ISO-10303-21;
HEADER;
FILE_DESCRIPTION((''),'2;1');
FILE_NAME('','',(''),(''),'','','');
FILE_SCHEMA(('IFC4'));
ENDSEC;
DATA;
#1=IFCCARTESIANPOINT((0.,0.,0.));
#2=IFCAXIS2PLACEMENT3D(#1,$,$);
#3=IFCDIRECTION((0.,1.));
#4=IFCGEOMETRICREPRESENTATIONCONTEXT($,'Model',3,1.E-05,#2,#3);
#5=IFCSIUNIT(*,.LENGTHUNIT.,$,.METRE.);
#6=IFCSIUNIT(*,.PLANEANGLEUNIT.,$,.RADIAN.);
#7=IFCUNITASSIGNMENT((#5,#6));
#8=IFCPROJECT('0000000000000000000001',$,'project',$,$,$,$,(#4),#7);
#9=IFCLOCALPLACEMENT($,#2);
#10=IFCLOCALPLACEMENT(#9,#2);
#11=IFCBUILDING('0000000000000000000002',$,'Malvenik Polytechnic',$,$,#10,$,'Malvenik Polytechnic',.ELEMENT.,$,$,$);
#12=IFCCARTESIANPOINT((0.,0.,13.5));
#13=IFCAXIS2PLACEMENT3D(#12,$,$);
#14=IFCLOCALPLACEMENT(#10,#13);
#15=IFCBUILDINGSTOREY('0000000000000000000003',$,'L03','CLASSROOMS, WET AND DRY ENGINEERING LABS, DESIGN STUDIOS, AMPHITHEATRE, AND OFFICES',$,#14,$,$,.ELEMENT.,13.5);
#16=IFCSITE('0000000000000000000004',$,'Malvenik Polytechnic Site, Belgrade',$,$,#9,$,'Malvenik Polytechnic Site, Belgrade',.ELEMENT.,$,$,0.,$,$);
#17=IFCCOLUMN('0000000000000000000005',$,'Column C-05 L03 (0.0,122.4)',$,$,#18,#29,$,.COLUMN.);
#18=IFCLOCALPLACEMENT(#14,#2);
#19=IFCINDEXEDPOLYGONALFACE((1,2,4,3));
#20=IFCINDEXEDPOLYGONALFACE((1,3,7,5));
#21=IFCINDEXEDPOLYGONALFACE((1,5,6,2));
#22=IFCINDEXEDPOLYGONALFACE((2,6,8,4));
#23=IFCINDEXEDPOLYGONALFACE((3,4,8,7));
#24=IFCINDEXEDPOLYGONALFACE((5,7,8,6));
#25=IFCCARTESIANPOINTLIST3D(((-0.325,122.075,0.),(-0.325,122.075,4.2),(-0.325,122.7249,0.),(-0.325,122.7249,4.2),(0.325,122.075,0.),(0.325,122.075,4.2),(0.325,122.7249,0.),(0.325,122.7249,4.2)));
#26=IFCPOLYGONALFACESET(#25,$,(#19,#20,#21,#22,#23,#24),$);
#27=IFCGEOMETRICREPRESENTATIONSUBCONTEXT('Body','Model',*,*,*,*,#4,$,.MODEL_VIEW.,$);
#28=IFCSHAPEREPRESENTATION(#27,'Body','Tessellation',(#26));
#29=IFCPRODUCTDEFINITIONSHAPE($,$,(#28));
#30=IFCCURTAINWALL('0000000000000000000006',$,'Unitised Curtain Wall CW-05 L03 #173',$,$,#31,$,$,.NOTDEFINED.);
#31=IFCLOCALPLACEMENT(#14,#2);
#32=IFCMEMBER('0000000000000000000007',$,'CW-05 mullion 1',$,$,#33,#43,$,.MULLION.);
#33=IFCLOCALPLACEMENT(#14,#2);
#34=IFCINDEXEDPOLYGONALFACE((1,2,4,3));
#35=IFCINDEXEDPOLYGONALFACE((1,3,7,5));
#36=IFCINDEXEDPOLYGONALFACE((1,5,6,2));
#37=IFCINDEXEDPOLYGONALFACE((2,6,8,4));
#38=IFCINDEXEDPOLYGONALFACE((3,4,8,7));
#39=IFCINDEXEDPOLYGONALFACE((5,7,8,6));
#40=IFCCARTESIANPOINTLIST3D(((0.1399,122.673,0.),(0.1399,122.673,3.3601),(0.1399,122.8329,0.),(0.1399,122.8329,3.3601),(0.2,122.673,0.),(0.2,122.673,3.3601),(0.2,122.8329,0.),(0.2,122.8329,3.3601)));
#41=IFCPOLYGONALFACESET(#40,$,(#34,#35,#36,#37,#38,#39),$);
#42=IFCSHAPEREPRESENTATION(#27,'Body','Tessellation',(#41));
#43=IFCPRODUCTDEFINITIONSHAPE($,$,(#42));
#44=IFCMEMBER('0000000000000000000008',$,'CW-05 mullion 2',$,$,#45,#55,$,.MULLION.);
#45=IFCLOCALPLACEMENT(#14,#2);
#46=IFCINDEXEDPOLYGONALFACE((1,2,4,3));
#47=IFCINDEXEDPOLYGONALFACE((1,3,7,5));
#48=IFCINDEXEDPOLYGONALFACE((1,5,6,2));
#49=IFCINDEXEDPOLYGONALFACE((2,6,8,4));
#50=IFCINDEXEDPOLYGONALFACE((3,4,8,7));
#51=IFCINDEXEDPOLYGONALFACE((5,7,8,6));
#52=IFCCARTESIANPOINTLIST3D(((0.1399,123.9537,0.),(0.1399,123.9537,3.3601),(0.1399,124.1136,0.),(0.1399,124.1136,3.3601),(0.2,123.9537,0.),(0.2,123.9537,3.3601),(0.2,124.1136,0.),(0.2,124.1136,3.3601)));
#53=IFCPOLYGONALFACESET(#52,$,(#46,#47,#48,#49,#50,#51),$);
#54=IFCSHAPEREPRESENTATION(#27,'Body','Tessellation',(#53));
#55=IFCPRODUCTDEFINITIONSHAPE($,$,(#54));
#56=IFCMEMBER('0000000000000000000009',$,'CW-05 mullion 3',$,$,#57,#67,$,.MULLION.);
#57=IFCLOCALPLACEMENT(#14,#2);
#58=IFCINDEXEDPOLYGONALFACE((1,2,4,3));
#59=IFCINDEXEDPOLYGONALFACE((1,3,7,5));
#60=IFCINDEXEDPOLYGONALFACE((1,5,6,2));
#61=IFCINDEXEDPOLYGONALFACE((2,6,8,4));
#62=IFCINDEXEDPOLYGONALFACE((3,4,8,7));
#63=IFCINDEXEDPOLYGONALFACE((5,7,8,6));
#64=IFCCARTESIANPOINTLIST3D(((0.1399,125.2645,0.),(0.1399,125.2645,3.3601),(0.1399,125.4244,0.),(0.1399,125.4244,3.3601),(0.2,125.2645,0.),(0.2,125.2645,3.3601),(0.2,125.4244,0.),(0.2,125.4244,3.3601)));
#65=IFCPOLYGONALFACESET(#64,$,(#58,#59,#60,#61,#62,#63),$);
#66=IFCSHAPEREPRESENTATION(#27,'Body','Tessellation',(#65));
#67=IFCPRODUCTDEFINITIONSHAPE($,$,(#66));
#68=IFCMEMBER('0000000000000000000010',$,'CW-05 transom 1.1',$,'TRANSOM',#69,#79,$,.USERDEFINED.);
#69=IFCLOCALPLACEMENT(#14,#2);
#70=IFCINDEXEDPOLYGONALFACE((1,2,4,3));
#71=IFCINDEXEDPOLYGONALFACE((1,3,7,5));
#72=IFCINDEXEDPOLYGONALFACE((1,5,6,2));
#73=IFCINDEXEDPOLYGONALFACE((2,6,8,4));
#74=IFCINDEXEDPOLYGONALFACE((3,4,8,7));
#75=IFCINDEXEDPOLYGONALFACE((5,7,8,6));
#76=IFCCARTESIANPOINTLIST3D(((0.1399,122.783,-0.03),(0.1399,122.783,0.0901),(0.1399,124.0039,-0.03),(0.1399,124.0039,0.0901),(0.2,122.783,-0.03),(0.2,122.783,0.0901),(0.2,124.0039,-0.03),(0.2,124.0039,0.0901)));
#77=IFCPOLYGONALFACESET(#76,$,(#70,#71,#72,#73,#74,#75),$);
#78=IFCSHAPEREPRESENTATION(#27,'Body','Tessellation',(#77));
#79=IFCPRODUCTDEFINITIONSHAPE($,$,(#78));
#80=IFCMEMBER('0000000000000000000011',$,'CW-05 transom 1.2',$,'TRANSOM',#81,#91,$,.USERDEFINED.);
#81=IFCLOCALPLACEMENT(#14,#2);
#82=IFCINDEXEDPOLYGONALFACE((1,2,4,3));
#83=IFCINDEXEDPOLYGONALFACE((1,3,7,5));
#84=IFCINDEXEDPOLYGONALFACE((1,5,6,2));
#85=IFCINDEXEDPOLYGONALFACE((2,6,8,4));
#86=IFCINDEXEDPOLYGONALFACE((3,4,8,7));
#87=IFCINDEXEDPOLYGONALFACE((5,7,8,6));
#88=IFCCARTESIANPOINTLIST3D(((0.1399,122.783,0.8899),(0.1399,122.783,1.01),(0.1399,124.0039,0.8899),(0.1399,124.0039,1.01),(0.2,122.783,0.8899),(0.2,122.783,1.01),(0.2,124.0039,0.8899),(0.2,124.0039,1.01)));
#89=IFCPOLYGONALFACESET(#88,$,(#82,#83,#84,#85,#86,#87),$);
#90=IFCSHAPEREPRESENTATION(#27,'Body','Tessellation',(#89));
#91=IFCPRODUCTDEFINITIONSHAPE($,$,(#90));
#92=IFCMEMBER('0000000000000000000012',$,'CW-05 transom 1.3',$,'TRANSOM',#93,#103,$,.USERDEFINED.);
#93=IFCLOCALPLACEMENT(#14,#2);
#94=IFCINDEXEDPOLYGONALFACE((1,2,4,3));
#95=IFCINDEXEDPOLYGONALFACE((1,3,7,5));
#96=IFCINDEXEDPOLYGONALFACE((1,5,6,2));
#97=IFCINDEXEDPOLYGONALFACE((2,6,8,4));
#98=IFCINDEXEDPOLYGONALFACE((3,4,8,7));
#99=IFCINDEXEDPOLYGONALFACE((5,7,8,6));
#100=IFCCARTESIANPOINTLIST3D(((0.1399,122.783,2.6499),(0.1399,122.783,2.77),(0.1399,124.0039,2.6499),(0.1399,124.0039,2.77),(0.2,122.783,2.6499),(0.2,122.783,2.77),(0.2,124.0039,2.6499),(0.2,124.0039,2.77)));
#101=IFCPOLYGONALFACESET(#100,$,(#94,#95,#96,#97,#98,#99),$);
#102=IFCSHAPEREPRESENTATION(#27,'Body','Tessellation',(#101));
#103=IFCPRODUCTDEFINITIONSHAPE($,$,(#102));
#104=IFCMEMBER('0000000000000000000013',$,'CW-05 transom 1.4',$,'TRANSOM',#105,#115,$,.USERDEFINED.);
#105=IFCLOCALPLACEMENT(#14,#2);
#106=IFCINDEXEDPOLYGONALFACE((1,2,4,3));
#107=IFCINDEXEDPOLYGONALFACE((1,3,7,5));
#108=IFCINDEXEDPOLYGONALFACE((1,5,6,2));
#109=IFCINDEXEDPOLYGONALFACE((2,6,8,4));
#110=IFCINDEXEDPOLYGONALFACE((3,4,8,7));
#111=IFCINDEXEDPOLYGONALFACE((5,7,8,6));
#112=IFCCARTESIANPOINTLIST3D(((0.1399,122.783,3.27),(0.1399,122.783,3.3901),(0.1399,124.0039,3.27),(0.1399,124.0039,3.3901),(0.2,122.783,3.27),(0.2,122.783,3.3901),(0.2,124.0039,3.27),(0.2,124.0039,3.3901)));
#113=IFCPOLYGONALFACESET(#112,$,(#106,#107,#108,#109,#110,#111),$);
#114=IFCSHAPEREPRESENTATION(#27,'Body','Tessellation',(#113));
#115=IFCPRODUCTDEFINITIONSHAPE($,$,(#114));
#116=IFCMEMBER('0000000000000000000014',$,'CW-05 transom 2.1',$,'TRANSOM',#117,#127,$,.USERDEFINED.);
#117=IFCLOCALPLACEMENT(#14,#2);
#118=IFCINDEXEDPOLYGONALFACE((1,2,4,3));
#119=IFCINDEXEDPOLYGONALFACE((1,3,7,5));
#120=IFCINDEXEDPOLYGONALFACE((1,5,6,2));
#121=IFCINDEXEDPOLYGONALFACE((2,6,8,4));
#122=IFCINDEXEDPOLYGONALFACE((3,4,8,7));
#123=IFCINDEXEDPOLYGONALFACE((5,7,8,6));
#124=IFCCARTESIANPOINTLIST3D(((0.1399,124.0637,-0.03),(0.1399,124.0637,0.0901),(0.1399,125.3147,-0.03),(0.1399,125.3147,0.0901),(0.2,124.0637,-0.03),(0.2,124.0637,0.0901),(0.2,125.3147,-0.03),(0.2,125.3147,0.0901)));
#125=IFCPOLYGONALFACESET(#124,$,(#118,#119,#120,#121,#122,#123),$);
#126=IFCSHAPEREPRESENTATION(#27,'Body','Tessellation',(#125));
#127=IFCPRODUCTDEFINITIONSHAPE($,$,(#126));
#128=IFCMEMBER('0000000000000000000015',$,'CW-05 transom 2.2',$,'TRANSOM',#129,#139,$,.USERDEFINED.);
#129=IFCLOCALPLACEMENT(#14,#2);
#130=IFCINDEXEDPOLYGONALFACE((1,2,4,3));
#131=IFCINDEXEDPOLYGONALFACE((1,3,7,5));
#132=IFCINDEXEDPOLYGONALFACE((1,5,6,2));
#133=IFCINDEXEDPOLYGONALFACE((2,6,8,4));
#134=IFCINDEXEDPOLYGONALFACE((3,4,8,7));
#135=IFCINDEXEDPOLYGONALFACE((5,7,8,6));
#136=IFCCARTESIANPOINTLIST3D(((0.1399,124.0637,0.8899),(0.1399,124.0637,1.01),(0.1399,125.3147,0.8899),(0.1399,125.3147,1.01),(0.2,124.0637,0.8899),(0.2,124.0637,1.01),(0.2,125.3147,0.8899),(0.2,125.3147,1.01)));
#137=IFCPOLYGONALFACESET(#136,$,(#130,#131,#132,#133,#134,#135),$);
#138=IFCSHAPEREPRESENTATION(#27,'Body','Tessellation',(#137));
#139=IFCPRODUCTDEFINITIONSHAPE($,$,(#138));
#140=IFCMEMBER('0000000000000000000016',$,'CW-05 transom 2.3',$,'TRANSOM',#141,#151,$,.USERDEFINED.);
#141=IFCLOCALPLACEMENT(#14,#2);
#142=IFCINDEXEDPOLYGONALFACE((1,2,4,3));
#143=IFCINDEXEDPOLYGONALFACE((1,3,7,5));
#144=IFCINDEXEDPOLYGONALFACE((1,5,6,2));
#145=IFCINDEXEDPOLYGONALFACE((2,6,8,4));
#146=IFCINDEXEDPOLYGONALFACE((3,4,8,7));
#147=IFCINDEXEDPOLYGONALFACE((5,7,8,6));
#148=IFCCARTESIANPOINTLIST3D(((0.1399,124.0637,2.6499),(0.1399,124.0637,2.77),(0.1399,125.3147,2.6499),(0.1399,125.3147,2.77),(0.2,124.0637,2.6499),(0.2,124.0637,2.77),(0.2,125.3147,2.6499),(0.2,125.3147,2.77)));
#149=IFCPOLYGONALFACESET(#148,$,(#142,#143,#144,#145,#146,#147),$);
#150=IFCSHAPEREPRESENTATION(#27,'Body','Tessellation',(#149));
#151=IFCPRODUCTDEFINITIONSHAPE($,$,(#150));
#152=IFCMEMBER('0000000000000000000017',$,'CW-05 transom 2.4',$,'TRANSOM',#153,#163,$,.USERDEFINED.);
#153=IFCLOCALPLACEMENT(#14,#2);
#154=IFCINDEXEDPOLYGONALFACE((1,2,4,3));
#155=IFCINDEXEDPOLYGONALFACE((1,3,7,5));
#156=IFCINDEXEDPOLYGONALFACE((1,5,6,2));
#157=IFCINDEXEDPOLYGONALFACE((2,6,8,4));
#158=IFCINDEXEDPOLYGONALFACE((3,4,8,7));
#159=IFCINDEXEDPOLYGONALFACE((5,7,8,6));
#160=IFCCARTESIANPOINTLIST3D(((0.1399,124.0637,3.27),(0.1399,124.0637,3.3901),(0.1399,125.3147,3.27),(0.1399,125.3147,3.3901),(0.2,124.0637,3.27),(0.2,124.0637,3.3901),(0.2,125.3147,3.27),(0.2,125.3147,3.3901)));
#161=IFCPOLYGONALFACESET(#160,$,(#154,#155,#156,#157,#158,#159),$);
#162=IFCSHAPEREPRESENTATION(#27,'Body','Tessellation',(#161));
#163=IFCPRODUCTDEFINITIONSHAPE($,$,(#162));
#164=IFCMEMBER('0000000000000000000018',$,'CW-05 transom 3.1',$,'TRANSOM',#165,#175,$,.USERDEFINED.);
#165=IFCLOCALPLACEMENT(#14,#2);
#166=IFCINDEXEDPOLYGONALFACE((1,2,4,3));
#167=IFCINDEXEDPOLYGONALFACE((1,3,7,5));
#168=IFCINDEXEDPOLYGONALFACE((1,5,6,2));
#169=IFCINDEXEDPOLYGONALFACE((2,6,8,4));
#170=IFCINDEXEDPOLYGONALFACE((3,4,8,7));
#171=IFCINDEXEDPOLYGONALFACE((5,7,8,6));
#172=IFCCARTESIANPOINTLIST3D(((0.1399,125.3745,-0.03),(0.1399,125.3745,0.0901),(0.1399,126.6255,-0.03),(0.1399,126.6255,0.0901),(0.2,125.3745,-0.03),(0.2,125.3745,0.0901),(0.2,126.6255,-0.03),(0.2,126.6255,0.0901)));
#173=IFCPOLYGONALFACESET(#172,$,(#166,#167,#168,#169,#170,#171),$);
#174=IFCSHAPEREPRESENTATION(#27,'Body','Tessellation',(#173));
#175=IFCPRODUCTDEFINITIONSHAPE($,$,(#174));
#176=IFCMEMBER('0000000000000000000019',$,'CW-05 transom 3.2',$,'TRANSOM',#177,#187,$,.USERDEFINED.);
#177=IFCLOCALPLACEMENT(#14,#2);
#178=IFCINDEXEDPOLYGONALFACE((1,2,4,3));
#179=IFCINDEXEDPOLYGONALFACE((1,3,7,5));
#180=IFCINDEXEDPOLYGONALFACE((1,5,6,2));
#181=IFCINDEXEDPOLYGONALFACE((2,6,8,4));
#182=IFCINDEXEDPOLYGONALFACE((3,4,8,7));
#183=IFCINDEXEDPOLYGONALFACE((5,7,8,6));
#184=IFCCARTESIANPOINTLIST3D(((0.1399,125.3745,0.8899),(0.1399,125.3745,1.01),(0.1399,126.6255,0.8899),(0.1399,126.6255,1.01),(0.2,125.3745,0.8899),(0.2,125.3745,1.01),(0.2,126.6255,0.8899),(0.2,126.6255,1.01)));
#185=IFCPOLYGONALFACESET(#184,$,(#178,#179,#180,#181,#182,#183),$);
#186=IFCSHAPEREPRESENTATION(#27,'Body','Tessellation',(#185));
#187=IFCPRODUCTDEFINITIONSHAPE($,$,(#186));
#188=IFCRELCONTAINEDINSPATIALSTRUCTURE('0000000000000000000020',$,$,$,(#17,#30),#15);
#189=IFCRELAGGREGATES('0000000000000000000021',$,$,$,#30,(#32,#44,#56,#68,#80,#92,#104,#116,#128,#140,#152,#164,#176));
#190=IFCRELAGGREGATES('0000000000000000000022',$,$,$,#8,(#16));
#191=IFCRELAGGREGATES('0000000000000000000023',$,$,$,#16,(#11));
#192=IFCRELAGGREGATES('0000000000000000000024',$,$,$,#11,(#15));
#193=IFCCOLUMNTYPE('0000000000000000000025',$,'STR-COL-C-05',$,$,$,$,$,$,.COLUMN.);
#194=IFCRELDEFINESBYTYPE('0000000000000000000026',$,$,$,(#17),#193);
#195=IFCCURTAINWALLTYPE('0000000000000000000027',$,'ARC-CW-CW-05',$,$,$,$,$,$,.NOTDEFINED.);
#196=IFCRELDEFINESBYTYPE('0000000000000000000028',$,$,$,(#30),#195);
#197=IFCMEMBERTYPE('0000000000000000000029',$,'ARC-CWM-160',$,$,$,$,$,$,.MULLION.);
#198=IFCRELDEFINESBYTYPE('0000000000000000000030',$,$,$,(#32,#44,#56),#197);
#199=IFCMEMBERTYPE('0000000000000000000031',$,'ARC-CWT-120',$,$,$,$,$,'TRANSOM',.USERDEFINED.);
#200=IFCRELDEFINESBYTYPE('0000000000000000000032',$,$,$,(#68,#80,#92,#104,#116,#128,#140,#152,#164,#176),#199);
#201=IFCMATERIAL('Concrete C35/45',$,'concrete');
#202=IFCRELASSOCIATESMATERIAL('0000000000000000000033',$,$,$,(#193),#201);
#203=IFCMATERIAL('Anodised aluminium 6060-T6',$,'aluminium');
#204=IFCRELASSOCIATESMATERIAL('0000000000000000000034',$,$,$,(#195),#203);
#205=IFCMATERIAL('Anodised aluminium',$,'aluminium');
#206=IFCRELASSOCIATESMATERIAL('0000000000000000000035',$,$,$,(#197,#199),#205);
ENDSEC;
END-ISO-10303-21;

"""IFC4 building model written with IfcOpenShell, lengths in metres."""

from ifc_helpers import new_model, si_unit, direction, frame, origin, origin_2d, place, context, subcontext, project, spatial, rectangle, extrude, material, material_profile, profile_set, type_object, element, aggregate, save


model = new_model("IFC4")

# Units and contexts
model_context = context("Model", 3, precision=1e-05, world=origin(), true_north=direction((0.0, 1.0)))
body_context = subcontext(model_context, "Body", "Model", "MODEL_VIEW")
ifc_project = project(units=[si_unit("LENGTHUNIT", "METRE"), si_unit("PLANEANGLEUNIT", "RADIAN")], contexts=[model_context])

# Site, building, storey
site_placement = place(None, origin())
site = spatial("IfcSite", under=ifc_project, at=site_placement, Name="Malvenik Polytechnic Site, Belgrade", LongName="Malvenik Polytechnic Site, Belgrade", CompositionType="ELEMENT", RefElevation=0.0)
building_placement = place(site_placement, origin())
building = spatial("IfcBuilding", under=site, at=building_placement, Name="Malvenik Polytechnic", LongName="Malvenik Polytechnic", CompositionType="ELEMENT")
storey_placement = place(building_placement, frame((0.0, 0.0, 13.5)))
storey = spatial("IfcBuildingStorey", under=building, at=storey_placement, Name="L03", Description="CLASSROOMS, WET AND DRY ENGINEERING LABS, DESIGN STUDIOS, AMPHITHEATRE, AND OFFICES", CompositionType="ELEMENT", Elevation=13.5)

# Column
ifc_material_1 = material(Name="Concrete C35/45", Category="concrete")
ifc_material_profile_1 = material_profile(ifc_material_1, rectangle(XDim=0.6499, YDim=0.6499, at=origin_2d()), Name="RC COL 650x650")
ifc_profile_set_1 = profile_set([ifc_material_profile_1], Name="Concrete C35/45")
column_type = type_object("IfcColumnType", Name="STR-COL-C-05", PredefinedType="COLUMN", material=ifc_profile_set_1)
column_placement = place(storey_placement, frame((0.0, 122.3999, 0.0), z_axis=(0.0, 0.0, 1.0), x_axis=(1.0, 0.0, 0.0)))
element("IfcColumn", 1, at=column_placement, inside=storey, type_object=column_type, Name="Column C-05 L03 (0.0,122.4)", PredefinedType="COLUMN", context=body_context, shape_type="SweptSolid", body=[
    extrude(rectangle(XDim=0.6499, YDim=0.6499, at=origin_2d()), origin(), (0.0, 0.0, 1.0), 4.2),
])

# Curtain wall, members
ifc_material_2 = material(Name="Anodised aluminium 6060-T6", Category="aluminium")
curtain_wall_type = type_object("IfcCurtainWallType", Name="ARC-CW-CW-05", PredefinedType="NOTDEFINED", material=ifc_material_2)
curtain_wall_placement = place(storey_placement, origin())
curtain_wall = element("IfcCurtainWall", 2, at=curtain_wall_placement, inside=storey, type_object=curtain_wall_type, Name="Unitised Curtain Wall CW-05 L03 #173", PredefinedType="NOTDEFINED")
ifc_material_3 = material(Name="Anodised aluminium", Category="aluminium")
ifc_material_profile_2 = material_profile(ifc_material_3, rectangle(XDim=0.0601, YDim=0.1599, at=origin_2d()), Name="ALU MULLION 60x160")
ifc_profile_set_2 = profile_set([ifc_material_profile_2], Name="Anodised aluminium")
member_type_1 = type_object("IfcMemberType", Name="ARC-CWM-160", PredefinedType="MULLION", material=ifc_profile_set_2)
member_1_placement = place(storey_placement, frame((0.1699, 122.7529, 0.0), z_axis=(0.0, 0.0, 1.0), x_axis=(-1.0, 0.0, 0.0)))
member_1 = element("IfcMember", 3, at=member_1_placement, type_object=member_type_1, Name="CW-05 mullion 1", PredefinedType="MULLION", context=body_context, shape_type="SweptSolid", body=[
    extrude(rectangle(XDim=0.0601, YDim=0.1599, at=origin_2d()), origin(), (0.0, 0.0, 1.0), 3.3601),
])
member_2_placement = place(storey_placement, frame((0.1699, 124.0337, 0.0), z_axis=(0.0, 0.0, 1.0), x_axis=(-1.0, 0.0, 0.0)))
member_2 = element("IfcMember", 4, at=member_2_placement, type_object=member_type_1, Name="CW-05 mullion 2", PredefinedType="MULLION", context=body_context, shape_type="SweptSolid", body=[
    extrude(rectangle(XDim=0.0601, YDim=0.1599, at=origin_2d()), origin(), (0.0, 0.0, 1.0), 3.3601),
])
member_3_placement = place(storey_placement, frame((0.1699, 125.3445, 0.0), z_axis=(0.0, 0.0, 1.0), x_axis=(-1.0, 0.0, 0.0)))
member_3 = element("IfcMember", 5, at=member_3_placement, type_object=member_type_1, Name="CW-05 mullion 3", PredefinedType="MULLION", context=body_context, shape_type="SweptSolid", body=[
    extrude(rectangle(XDim=0.0601, YDim=0.1599, at=origin_2d()), origin(), (0.0, 0.0, 1.0), 3.3601),
])
ifc_material_profile_3 = material_profile(ifc_material_3, rectangle(XDim=0.0601, YDim=0.1201, at=origin_2d()), Name="ALU TRANSOM 60x120")
ifc_profile_set_3 = profile_set([ifc_material_profile_3], Name="Anodised aluminium")
member_type_2 = type_object("IfcMemberType", Name="ARC-CWT-120", ElementType="TRANSOM", PredefinedType="USERDEFINED", material=ifc_profile_set_3)
member_4_placement = place(storey_placement, frame((0.1699, 122.783, 0.03), z_axis=(0.0, 1.0, 0.0), x_axis=(-1.0, 0.0, 0.0)))
member_4 = element("IfcMember", 6, at=member_4_placement, type_object=member_type_2, Name="CW-05 transom 1.1", ObjectType="TRANSOM", PredefinedType="USERDEFINED", context=body_context, shape_type="SweptSolid", body=[
    extrude(rectangle(XDim=0.0601, YDim=0.1201, at=origin_2d()), origin(), (0.0, 0.0, 1.0), 1.2209),
])
member_5_placement = place(storey_placement, frame((0.1699, 122.783, 0.95), z_axis=(0.0, 1.0, 0.0), x_axis=(-1.0, 0.0, 0.0)))
member_5 = element("IfcMember", 7, at=member_5_placement, type_object=member_type_2, Name="CW-05 transom 1.2", ObjectType="TRANSOM", PredefinedType="USERDEFINED", context=body_context, shape_type="SweptSolid", body=[
    extrude(rectangle(XDim=0.0601, YDim=0.1201, at=origin_2d()), origin(), (0.0, 0.0, 1.0), 1.2209),
])
member_6_placement = place(storey_placement, frame((0.1699, 122.783, 2.71), z_axis=(0.0, 1.0, 0.0), x_axis=(-1.0, 0.0, 0.0)))
member_6 = element("IfcMember", 8, at=member_6_placement, type_object=member_type_2, Name="CW-05 transom 1.3", ObjectType="TRANSOM", PredefinedType="USERDEFINED", context=body_context, shape_type="SweptSolid", body=[
    extrude(rectangle(XDim=0.0601, YDim=0.1201, at=origin_2d()), origin(), (0.0, 0.0, 1.0), 1.2209),
])
member_7_placement = place(storey_placement, frame((0.1699, 122.783, 3.3301), z_axis=(0.0, 1.0, 0.0), x_axis=(-1.0, 0.0, 0.0)))
member_7 = element("IfcMember", 9, at=member_7_placement, type_object=member_type_2, Name="CW-05 transom 1.4", ObjectType="TRANSOM", PredefinedType="USERDEFINED", context=body_context, shape_type="SweptSolid", body=[
    extrude(rectangle(XDim=0.0601, YDim=0.1201, at=origin_2d()), origin(), (0.0, 0.0, 1.0), 1.2209),
])
member_8_placement = place(storey_placement, frame((0.1699, 124.0637, 0.03), z_axis=(0.0, 1.0, 0.0), x_axis=(-1.0, 0.0, 0.0)))
member_8 = element("IfcMember", 10, at=member_8_placement, type_object=member_type_2, Name="CW-05 transom 2.1", ObjectType="TRANSOM", PredefinedType="USERDEFINED", context=body_context, shape_type="SweptSolid", body=[
    extrude(rectangle(XDim=0.0601, YDim=0.1201, at=origin_2d()), origin(), (0.0, 0.0, 1.0), 1.251),
])
member_9_placement = place(storey_placement, frame((0.1699, 124.0637, 0.95), z_axis=(0.0, 1.0, 0.0), x_axis=(-1.0, 0.0, 0.0)))
member_9 = element("IfcMember", 11, at=member_9_placement, type_object=member_type_2, Name="CW-05 transom 2.2", ObjectType="TRANSOM", PredefinedType="USERDEFINED", context=body_context, shape_type="SweptSolid", body=[
    extrude(rectangle(XDim=0.0601, YDim=0.1201, at=origin_2d()), origin(), (0.0, 0.0, 1.0), 1.251),
])
member_10_placement = place(storey_placement, frame((0.1699, 124.0637, 2.71), z_axis=(0.0, 1.0, 0.0), x_axis=(-1.0, 0.0, 0.0)))
member_10 = element("IfcMember", 12, at=member_10_placement, type_object=member_type_2, Name="CW-05 transom 2.3", ObjectType="TRANSOM", PredefinedType="USERDEFINED", context=body_context, shape_type="SweptSolid", body=[
    extrude(rectangle(XDim=0.0601, YDim=0.1201, at=origin_2d()), origin(), (0.0, 0.0, 1.0), 1.251),
])
member_11_placement = place(storey_placement, frame((0.1699, 124.0637, 3.3301), z_axis=(0.0, 1.0, 0.0), x_axis=(-1.0, 0.0, 0.0)))
member_11 = element("IfcMember", 13, at=member_11_placement, type_object=member_type_2, Name="CW-05 transom 2.4", ObjectType="TRANSOM", PredefinedType="USERDEFINED", context=body_context, shape_type="SweptSolid", body=[
    extrude(rectangle(XDim=0.0601, YDim=0.1201, at=origin_2d()), origin(), (0.0, 0.0, 1.0), 1.251),
])
member_12_placement = place(storey_placement, frame((0.1699, 125.3745, 0.03), z_axis=(0.0, 1.0, 0.0), x_axis=(-1.0, 0.0, 0.0)))
member_12 = element("IfcMember", 14, at=member_12_placement, type_object=member_type_2, Name="CW-05 transom 3.1", ObjectType="TRANSOM", PredefinedType="USERDEFINED", context=body_context, shape_type="SweptSolid", body=[
    extrude(rectangle(XDim=0.0601, YDim=0.1201, at=origin_2d()), origin(), (0.0, 0.0, 1.0), 1.251),
])
member_13_placement = place(storey_placement, frame((0.1699, 125.3745, 0.95), z_axis=(0.0, 1.0, 0.0), x_axis=(-1.0, 0.0, 0.0)))
member_13 = element("IfcMember", 15, at=member_13_placement, type_object=member_type_2, Name="CW-05 transom 3.2", ObjectType="TRANSOM", PredefinedType="USERDEFINED", context=body_context, shape_type="SweptSolid", body=[
    extrude(rectangle(XDim=0.0601, YDim=0.1201, at=origin_2d()), origin(), (0.0, 0.0, 1.0), 1.251),
])

aggregate(curtain_wall, [member_1, member_2, member_3, member_4, member_5, member_6, member_7, member_8, member_9, member_10, member_11, member_12, member_13])

save(model, "model.ifc")
